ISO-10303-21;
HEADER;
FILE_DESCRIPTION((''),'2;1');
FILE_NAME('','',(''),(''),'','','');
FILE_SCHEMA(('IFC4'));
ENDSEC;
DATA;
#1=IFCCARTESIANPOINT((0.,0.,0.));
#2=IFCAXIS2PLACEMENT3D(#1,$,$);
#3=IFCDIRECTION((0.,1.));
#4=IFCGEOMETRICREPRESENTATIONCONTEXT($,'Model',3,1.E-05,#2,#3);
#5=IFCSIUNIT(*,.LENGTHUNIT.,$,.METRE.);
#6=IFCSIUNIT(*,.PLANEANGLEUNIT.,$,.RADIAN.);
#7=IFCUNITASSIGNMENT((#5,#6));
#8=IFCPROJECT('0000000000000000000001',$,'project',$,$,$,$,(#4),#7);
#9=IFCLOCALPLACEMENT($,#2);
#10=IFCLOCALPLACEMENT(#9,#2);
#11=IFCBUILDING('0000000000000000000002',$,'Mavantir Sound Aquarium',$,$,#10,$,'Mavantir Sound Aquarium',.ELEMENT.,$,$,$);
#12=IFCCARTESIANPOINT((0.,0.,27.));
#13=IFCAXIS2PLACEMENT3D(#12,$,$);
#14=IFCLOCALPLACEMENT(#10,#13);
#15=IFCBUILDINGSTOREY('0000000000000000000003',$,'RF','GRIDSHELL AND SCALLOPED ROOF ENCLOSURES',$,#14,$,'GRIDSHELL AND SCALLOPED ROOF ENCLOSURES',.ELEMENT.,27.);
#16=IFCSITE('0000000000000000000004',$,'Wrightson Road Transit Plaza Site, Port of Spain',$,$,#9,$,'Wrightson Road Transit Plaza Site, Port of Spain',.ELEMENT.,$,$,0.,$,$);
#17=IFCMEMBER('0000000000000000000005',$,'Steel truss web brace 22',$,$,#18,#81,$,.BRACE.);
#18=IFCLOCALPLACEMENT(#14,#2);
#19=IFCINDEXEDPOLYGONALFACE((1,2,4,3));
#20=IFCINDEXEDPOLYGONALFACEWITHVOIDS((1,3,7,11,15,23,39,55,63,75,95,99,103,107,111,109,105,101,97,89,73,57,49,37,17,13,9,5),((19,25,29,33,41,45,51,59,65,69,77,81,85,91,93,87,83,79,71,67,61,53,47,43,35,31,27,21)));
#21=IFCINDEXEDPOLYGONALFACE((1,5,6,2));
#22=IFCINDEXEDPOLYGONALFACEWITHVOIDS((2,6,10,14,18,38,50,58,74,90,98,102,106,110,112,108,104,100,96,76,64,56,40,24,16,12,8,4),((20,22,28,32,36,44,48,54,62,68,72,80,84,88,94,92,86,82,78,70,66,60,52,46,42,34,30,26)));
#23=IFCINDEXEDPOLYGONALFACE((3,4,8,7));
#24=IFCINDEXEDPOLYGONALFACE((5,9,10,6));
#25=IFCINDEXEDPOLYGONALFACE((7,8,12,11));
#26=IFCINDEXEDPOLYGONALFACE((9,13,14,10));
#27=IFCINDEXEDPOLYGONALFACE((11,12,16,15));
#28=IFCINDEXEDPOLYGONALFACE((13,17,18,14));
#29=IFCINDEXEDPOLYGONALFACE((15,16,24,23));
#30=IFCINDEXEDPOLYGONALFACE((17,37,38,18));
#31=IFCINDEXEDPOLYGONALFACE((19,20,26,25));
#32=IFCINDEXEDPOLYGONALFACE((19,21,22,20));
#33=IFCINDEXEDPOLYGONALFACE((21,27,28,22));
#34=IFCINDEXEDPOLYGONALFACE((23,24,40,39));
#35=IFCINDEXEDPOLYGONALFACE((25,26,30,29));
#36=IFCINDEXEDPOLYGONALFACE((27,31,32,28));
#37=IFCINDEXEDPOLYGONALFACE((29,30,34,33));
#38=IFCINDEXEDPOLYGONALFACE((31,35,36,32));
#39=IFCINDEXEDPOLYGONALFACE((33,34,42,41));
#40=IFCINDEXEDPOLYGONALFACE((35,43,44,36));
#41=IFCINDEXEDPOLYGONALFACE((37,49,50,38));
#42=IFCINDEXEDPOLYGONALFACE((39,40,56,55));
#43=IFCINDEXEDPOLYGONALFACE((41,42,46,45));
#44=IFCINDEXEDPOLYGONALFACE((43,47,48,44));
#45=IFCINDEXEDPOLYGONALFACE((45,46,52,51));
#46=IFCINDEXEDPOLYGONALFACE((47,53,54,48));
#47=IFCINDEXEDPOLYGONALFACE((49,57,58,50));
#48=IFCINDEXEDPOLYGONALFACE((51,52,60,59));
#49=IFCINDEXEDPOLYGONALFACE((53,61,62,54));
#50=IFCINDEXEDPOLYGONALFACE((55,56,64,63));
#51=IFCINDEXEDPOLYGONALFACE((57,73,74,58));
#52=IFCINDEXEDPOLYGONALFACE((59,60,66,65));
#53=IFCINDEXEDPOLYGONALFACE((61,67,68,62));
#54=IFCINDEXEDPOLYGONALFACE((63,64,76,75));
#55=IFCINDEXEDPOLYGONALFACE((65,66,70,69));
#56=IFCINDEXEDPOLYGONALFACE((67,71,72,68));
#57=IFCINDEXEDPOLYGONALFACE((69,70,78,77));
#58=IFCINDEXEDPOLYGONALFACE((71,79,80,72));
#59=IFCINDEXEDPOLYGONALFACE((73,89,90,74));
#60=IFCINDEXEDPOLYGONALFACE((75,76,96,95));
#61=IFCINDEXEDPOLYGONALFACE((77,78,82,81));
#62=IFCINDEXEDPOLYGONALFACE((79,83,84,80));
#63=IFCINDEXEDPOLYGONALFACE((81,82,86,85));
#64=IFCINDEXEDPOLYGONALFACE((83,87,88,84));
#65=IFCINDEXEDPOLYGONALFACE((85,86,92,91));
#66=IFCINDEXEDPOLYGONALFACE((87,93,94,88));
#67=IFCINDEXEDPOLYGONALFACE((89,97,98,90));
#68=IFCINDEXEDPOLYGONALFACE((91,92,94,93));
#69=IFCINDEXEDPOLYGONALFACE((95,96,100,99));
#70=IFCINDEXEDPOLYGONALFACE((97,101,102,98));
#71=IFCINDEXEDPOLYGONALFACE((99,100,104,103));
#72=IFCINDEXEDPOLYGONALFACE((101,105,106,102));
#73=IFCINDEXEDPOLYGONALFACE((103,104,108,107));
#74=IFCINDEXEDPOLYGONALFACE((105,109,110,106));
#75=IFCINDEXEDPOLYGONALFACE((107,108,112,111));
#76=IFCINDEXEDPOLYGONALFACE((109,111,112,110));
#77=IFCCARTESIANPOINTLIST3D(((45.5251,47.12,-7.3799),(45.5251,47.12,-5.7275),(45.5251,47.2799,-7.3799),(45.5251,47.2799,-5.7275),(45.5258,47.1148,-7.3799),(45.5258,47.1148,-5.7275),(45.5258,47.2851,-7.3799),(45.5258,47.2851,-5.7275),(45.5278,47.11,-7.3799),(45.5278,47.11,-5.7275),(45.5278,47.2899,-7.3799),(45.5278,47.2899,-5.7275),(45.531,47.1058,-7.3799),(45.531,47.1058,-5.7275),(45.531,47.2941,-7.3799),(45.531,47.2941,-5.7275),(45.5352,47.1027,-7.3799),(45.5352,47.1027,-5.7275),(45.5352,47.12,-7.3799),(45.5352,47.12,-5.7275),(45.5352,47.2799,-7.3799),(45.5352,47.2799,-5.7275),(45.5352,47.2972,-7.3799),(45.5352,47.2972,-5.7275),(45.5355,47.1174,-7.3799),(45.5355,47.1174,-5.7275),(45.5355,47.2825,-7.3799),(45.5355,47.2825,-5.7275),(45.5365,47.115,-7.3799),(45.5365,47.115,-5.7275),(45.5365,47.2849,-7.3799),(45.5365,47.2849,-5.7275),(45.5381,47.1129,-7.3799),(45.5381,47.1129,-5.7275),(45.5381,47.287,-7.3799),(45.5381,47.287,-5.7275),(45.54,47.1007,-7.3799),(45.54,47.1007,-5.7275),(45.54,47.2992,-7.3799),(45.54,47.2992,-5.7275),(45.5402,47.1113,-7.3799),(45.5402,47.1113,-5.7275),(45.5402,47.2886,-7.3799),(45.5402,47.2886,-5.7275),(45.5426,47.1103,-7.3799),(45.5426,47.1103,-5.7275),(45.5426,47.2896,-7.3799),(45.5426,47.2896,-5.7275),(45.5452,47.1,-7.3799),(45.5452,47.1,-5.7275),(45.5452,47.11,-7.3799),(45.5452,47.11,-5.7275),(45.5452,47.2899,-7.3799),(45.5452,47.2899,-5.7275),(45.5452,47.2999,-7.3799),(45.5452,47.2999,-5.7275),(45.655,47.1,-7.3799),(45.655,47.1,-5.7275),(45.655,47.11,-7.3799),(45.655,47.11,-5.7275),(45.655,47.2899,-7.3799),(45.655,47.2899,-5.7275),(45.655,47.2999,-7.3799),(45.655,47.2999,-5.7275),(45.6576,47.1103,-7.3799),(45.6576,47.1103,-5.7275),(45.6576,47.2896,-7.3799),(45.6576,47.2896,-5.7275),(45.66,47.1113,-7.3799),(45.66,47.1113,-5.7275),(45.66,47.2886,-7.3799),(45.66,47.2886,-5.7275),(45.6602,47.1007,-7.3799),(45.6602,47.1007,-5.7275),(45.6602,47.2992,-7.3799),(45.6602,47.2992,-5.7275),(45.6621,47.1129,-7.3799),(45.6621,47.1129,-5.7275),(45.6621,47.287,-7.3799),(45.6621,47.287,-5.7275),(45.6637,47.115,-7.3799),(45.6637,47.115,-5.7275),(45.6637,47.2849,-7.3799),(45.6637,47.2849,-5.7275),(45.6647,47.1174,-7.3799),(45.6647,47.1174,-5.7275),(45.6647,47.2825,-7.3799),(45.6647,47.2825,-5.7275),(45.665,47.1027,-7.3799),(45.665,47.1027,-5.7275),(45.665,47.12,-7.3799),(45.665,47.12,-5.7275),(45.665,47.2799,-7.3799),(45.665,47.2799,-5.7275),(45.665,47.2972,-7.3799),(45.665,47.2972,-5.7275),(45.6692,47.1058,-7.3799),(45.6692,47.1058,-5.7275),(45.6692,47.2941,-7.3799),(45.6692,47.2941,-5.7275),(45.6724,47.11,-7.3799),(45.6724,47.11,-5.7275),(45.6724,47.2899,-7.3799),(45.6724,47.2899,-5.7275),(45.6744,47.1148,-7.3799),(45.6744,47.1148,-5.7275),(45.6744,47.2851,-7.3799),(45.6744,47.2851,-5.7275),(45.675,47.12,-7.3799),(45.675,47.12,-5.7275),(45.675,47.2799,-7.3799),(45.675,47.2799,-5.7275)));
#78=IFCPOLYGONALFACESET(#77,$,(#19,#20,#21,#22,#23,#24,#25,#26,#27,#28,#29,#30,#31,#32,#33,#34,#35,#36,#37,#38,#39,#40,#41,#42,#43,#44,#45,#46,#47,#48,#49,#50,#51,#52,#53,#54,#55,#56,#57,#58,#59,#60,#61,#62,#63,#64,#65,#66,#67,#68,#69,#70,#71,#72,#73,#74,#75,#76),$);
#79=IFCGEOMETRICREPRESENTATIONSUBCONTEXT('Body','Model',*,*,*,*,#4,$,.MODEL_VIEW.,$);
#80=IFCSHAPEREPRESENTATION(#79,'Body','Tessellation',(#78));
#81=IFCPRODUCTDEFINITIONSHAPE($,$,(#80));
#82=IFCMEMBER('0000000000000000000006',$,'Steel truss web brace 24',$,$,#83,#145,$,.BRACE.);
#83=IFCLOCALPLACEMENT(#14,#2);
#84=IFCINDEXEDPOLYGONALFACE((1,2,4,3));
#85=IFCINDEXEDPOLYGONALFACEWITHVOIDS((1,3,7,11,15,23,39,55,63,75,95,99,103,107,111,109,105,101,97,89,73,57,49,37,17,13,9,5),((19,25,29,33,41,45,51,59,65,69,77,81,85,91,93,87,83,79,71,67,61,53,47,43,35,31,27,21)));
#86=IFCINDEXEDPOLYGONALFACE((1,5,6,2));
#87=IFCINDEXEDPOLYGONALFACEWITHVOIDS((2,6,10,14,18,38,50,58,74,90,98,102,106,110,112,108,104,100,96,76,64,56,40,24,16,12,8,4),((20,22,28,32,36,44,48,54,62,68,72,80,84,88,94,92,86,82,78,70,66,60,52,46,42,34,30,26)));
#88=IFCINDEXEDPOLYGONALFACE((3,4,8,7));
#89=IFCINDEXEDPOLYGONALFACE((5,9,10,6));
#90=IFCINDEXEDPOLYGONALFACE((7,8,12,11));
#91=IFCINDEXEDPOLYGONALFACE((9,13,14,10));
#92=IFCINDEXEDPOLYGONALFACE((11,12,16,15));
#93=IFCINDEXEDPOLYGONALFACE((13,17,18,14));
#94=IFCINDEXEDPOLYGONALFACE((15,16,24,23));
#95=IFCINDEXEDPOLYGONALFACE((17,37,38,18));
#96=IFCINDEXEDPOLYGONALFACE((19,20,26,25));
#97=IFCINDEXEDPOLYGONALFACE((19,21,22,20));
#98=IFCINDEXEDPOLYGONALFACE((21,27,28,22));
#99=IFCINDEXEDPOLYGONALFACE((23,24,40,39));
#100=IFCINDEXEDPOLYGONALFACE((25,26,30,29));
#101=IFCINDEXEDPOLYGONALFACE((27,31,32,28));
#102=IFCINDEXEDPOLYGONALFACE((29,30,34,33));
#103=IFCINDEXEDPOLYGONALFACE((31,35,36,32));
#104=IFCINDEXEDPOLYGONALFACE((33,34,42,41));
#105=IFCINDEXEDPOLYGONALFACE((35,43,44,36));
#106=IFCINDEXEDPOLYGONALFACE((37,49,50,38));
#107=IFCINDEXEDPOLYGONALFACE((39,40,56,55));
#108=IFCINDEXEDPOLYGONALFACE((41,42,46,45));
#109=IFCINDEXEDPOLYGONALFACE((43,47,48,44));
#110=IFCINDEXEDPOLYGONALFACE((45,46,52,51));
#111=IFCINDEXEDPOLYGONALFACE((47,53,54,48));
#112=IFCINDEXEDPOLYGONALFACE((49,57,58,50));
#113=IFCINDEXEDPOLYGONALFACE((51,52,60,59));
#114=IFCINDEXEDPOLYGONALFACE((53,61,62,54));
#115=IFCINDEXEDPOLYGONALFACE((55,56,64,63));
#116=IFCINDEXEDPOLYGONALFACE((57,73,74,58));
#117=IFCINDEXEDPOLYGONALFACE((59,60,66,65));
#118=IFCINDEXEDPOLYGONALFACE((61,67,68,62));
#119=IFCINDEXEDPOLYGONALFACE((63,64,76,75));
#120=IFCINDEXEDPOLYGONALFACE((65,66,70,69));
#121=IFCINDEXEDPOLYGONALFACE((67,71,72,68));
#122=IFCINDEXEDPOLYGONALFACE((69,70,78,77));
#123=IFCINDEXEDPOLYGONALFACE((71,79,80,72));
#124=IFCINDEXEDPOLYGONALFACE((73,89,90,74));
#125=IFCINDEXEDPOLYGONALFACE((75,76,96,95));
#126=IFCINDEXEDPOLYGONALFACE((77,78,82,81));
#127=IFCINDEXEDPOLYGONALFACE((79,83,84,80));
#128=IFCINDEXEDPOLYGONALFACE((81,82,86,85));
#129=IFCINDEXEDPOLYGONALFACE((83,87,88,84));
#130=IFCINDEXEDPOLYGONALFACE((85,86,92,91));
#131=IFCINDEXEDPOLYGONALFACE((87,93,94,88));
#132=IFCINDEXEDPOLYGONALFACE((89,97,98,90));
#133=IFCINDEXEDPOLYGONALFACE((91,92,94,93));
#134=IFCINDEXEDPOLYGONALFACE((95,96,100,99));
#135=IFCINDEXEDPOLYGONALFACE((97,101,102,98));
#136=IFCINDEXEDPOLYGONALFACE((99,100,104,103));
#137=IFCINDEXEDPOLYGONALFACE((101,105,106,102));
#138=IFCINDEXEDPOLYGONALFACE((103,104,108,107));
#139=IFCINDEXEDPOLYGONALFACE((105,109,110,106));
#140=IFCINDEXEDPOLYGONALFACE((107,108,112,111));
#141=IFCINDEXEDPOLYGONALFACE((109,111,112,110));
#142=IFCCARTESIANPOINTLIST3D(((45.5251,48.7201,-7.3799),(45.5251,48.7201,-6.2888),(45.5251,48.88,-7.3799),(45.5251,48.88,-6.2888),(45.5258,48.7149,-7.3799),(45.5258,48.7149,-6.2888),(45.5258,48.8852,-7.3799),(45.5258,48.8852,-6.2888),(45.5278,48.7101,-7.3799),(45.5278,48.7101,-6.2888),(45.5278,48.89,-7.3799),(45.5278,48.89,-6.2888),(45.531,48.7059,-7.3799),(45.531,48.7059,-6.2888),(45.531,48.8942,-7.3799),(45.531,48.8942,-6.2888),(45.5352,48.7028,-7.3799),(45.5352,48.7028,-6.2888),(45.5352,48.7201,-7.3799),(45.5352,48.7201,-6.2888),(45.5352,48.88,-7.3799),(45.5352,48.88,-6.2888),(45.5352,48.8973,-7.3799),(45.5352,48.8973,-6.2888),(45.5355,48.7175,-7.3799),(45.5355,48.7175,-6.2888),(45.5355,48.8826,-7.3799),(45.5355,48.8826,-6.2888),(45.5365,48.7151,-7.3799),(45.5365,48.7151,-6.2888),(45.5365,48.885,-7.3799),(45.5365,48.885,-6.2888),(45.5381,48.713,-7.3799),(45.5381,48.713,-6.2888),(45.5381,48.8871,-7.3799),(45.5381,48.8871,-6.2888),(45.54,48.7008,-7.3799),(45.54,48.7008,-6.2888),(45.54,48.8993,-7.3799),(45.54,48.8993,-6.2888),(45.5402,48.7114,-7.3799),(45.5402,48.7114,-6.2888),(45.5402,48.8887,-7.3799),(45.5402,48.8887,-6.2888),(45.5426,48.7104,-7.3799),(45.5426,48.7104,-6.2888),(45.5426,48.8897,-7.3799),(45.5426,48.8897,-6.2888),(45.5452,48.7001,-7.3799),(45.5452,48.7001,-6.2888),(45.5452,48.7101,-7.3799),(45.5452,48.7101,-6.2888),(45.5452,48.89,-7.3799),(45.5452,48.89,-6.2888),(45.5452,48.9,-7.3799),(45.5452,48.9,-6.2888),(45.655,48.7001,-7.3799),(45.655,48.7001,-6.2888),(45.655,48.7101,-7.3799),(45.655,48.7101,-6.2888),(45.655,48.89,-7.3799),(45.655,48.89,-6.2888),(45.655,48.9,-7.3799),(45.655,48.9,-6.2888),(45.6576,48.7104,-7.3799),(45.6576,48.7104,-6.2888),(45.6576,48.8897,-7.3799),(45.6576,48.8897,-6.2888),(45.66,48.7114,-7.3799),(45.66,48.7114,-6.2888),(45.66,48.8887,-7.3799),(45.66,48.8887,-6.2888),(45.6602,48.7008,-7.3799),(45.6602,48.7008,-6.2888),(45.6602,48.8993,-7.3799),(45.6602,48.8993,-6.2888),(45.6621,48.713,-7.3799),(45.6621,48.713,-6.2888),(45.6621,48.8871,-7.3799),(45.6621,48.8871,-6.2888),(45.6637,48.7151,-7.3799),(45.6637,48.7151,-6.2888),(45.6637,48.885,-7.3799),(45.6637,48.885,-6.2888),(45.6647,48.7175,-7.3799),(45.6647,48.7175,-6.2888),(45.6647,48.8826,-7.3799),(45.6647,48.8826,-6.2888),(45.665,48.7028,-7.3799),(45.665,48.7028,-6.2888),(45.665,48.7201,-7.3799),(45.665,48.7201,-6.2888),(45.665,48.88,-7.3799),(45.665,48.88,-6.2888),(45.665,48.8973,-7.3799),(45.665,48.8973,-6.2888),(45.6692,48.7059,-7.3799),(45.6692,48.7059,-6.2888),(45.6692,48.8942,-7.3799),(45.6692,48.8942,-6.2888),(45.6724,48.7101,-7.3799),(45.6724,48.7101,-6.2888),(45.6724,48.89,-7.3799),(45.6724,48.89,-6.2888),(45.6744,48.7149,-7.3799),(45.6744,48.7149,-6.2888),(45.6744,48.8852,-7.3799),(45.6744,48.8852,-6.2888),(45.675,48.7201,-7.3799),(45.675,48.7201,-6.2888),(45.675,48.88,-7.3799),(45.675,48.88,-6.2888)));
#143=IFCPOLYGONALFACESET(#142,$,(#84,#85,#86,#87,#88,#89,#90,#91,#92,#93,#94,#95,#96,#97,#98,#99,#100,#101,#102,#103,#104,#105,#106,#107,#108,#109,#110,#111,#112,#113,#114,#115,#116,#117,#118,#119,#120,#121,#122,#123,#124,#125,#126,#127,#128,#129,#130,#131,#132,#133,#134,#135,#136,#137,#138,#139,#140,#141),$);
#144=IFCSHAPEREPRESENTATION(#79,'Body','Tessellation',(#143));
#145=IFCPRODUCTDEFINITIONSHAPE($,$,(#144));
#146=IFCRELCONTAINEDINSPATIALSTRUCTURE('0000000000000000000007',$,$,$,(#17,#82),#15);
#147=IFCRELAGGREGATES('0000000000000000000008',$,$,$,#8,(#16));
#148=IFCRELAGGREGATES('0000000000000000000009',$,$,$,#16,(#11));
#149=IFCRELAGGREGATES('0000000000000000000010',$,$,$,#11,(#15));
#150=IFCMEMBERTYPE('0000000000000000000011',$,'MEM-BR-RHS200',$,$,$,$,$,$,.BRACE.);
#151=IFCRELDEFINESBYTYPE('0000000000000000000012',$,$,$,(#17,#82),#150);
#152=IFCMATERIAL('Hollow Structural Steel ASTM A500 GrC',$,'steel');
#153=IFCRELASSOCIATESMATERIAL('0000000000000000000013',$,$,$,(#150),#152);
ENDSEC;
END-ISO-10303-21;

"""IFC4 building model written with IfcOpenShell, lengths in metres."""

from ifc_helpers import new_model, si_unit, direction, frame, origin, origin_2d, place, context, subcontext, project, spatial, hollow_rectangle, extrude, material, material_profile, profile_set, type_object, element, save


model = new_model("IFC4")

# Units and contexts
model_context = context("Model", 3, precision=1e-05, world=origin(), true_north=direction((0.0, 1.0)))
body_context = subcontext(model_context, "Body", "Model", "MODEL_VIEW")
ifc_project = project(units=[si_unit("LENGTHUNIT", "METRE"), si_unit("PLANEANGLEUNIT", "RADIAN")], contexts=[model_context])

# Site, building, storey
site_placement = place(None, origin())
site = spatial("IfcSite", under=ifc_project, at=site_placement, Name="Wrightson Road Transit Plaza Site, Port of Spain", LongName="Wrightson Road Transit Plaza Site, Port of Spain", CompositionType="ELEMENT", RefElevation=0.0)
building_placement = place(site_placement, origin())
building = spatial("IfcBuilding", under=site, at=building_placement, Name="Mavantir Sound Aquarium", LongName="Mavantir Sound Aquarium", CompositionType="ELEMENT")
storey_placement = place(building_placement, frame((0.0, 0.0, 27.0)))
storey = spatial("IfcBuildingStorey", under=building, at=storey_placement, Name="RF", Description="GRIDSHELL AND SCALLOPED ROOF ENCLOSURES", LongName="GRIDSHELL AND SCALLOPED ROOF ENCLOSURES", CompositionType="ELEMENT", Elevation=27.0)

# Members
ifc_material_1 = material(Name="Hollow Structural Steel ASTM A500 GrC", Category="steel")
ifc_material_profile_1 = material_profile(ifc_material_1, hollow_rectangle(XDim=0.1499, YDim=0.2, WallThickness=0.01, InnerFilletRadius=0.01, OuterFilletRadius=0.02, at=origin_2d()), Name="RHS 200X150X10")
ifc_profile_set_1 = profile_set([ifc_material_profile_1], Name="Hollow Structural Steel ASTM A500 GrC")
member_type_1 = type_object("IfcMemberType", Name="MEM-BR-RHS200", PredefinedType="BRACE", material=ifc_profile_set_1)
member_1_placement = place(storey_placement, frame((45.6001, 47.2, -7.3799), z_axis=(0.0, 0.0, 1.0), x_axis=(1.0, 0.0, 0.0)))
element("IfcMember", 1, at=member_1_placement, inside=storey, type_object=member_type_1, Name="Steel truss web brace 22", PredefinedType="BRACE", context=body_context, shape_type="SweptSolid", body=[
    extrude(hollow_rectangle(XDim=0.1499, YDim=0.2, WallThickness=0.01, InnerFilletRadius=0.01, OuterFilletRadius=0.02, at=origin_2d()), origin(), (0.0, 0.0, 1.0), 1.6523),
])
member_2_placement = place(storey_placement, frame((45.6001, 48.8, -7.3799), z_axis=(0.0, 0.0, 1.0), x_axis=(1.0, 0.0, 0.0)))
element("IfcMember", 2, at=member_2_placement, inside=storey, type_object=member_type_1, Name="Steel truss web brace 24", PredefinedType="BRACE", context=body_context, shape_type="SweptSolid", body=[
    extrude(hollow_rectangle(XDim=0.1499, YDim=0.2, WallThickness=0.01, InnerFilletRadius=0.01, OuterFilletRadius=0.02, at=origin_2d()), origin(), (0.0, 0.0, 1.0), 1.0911),
])

save(model, "model.ifc")
